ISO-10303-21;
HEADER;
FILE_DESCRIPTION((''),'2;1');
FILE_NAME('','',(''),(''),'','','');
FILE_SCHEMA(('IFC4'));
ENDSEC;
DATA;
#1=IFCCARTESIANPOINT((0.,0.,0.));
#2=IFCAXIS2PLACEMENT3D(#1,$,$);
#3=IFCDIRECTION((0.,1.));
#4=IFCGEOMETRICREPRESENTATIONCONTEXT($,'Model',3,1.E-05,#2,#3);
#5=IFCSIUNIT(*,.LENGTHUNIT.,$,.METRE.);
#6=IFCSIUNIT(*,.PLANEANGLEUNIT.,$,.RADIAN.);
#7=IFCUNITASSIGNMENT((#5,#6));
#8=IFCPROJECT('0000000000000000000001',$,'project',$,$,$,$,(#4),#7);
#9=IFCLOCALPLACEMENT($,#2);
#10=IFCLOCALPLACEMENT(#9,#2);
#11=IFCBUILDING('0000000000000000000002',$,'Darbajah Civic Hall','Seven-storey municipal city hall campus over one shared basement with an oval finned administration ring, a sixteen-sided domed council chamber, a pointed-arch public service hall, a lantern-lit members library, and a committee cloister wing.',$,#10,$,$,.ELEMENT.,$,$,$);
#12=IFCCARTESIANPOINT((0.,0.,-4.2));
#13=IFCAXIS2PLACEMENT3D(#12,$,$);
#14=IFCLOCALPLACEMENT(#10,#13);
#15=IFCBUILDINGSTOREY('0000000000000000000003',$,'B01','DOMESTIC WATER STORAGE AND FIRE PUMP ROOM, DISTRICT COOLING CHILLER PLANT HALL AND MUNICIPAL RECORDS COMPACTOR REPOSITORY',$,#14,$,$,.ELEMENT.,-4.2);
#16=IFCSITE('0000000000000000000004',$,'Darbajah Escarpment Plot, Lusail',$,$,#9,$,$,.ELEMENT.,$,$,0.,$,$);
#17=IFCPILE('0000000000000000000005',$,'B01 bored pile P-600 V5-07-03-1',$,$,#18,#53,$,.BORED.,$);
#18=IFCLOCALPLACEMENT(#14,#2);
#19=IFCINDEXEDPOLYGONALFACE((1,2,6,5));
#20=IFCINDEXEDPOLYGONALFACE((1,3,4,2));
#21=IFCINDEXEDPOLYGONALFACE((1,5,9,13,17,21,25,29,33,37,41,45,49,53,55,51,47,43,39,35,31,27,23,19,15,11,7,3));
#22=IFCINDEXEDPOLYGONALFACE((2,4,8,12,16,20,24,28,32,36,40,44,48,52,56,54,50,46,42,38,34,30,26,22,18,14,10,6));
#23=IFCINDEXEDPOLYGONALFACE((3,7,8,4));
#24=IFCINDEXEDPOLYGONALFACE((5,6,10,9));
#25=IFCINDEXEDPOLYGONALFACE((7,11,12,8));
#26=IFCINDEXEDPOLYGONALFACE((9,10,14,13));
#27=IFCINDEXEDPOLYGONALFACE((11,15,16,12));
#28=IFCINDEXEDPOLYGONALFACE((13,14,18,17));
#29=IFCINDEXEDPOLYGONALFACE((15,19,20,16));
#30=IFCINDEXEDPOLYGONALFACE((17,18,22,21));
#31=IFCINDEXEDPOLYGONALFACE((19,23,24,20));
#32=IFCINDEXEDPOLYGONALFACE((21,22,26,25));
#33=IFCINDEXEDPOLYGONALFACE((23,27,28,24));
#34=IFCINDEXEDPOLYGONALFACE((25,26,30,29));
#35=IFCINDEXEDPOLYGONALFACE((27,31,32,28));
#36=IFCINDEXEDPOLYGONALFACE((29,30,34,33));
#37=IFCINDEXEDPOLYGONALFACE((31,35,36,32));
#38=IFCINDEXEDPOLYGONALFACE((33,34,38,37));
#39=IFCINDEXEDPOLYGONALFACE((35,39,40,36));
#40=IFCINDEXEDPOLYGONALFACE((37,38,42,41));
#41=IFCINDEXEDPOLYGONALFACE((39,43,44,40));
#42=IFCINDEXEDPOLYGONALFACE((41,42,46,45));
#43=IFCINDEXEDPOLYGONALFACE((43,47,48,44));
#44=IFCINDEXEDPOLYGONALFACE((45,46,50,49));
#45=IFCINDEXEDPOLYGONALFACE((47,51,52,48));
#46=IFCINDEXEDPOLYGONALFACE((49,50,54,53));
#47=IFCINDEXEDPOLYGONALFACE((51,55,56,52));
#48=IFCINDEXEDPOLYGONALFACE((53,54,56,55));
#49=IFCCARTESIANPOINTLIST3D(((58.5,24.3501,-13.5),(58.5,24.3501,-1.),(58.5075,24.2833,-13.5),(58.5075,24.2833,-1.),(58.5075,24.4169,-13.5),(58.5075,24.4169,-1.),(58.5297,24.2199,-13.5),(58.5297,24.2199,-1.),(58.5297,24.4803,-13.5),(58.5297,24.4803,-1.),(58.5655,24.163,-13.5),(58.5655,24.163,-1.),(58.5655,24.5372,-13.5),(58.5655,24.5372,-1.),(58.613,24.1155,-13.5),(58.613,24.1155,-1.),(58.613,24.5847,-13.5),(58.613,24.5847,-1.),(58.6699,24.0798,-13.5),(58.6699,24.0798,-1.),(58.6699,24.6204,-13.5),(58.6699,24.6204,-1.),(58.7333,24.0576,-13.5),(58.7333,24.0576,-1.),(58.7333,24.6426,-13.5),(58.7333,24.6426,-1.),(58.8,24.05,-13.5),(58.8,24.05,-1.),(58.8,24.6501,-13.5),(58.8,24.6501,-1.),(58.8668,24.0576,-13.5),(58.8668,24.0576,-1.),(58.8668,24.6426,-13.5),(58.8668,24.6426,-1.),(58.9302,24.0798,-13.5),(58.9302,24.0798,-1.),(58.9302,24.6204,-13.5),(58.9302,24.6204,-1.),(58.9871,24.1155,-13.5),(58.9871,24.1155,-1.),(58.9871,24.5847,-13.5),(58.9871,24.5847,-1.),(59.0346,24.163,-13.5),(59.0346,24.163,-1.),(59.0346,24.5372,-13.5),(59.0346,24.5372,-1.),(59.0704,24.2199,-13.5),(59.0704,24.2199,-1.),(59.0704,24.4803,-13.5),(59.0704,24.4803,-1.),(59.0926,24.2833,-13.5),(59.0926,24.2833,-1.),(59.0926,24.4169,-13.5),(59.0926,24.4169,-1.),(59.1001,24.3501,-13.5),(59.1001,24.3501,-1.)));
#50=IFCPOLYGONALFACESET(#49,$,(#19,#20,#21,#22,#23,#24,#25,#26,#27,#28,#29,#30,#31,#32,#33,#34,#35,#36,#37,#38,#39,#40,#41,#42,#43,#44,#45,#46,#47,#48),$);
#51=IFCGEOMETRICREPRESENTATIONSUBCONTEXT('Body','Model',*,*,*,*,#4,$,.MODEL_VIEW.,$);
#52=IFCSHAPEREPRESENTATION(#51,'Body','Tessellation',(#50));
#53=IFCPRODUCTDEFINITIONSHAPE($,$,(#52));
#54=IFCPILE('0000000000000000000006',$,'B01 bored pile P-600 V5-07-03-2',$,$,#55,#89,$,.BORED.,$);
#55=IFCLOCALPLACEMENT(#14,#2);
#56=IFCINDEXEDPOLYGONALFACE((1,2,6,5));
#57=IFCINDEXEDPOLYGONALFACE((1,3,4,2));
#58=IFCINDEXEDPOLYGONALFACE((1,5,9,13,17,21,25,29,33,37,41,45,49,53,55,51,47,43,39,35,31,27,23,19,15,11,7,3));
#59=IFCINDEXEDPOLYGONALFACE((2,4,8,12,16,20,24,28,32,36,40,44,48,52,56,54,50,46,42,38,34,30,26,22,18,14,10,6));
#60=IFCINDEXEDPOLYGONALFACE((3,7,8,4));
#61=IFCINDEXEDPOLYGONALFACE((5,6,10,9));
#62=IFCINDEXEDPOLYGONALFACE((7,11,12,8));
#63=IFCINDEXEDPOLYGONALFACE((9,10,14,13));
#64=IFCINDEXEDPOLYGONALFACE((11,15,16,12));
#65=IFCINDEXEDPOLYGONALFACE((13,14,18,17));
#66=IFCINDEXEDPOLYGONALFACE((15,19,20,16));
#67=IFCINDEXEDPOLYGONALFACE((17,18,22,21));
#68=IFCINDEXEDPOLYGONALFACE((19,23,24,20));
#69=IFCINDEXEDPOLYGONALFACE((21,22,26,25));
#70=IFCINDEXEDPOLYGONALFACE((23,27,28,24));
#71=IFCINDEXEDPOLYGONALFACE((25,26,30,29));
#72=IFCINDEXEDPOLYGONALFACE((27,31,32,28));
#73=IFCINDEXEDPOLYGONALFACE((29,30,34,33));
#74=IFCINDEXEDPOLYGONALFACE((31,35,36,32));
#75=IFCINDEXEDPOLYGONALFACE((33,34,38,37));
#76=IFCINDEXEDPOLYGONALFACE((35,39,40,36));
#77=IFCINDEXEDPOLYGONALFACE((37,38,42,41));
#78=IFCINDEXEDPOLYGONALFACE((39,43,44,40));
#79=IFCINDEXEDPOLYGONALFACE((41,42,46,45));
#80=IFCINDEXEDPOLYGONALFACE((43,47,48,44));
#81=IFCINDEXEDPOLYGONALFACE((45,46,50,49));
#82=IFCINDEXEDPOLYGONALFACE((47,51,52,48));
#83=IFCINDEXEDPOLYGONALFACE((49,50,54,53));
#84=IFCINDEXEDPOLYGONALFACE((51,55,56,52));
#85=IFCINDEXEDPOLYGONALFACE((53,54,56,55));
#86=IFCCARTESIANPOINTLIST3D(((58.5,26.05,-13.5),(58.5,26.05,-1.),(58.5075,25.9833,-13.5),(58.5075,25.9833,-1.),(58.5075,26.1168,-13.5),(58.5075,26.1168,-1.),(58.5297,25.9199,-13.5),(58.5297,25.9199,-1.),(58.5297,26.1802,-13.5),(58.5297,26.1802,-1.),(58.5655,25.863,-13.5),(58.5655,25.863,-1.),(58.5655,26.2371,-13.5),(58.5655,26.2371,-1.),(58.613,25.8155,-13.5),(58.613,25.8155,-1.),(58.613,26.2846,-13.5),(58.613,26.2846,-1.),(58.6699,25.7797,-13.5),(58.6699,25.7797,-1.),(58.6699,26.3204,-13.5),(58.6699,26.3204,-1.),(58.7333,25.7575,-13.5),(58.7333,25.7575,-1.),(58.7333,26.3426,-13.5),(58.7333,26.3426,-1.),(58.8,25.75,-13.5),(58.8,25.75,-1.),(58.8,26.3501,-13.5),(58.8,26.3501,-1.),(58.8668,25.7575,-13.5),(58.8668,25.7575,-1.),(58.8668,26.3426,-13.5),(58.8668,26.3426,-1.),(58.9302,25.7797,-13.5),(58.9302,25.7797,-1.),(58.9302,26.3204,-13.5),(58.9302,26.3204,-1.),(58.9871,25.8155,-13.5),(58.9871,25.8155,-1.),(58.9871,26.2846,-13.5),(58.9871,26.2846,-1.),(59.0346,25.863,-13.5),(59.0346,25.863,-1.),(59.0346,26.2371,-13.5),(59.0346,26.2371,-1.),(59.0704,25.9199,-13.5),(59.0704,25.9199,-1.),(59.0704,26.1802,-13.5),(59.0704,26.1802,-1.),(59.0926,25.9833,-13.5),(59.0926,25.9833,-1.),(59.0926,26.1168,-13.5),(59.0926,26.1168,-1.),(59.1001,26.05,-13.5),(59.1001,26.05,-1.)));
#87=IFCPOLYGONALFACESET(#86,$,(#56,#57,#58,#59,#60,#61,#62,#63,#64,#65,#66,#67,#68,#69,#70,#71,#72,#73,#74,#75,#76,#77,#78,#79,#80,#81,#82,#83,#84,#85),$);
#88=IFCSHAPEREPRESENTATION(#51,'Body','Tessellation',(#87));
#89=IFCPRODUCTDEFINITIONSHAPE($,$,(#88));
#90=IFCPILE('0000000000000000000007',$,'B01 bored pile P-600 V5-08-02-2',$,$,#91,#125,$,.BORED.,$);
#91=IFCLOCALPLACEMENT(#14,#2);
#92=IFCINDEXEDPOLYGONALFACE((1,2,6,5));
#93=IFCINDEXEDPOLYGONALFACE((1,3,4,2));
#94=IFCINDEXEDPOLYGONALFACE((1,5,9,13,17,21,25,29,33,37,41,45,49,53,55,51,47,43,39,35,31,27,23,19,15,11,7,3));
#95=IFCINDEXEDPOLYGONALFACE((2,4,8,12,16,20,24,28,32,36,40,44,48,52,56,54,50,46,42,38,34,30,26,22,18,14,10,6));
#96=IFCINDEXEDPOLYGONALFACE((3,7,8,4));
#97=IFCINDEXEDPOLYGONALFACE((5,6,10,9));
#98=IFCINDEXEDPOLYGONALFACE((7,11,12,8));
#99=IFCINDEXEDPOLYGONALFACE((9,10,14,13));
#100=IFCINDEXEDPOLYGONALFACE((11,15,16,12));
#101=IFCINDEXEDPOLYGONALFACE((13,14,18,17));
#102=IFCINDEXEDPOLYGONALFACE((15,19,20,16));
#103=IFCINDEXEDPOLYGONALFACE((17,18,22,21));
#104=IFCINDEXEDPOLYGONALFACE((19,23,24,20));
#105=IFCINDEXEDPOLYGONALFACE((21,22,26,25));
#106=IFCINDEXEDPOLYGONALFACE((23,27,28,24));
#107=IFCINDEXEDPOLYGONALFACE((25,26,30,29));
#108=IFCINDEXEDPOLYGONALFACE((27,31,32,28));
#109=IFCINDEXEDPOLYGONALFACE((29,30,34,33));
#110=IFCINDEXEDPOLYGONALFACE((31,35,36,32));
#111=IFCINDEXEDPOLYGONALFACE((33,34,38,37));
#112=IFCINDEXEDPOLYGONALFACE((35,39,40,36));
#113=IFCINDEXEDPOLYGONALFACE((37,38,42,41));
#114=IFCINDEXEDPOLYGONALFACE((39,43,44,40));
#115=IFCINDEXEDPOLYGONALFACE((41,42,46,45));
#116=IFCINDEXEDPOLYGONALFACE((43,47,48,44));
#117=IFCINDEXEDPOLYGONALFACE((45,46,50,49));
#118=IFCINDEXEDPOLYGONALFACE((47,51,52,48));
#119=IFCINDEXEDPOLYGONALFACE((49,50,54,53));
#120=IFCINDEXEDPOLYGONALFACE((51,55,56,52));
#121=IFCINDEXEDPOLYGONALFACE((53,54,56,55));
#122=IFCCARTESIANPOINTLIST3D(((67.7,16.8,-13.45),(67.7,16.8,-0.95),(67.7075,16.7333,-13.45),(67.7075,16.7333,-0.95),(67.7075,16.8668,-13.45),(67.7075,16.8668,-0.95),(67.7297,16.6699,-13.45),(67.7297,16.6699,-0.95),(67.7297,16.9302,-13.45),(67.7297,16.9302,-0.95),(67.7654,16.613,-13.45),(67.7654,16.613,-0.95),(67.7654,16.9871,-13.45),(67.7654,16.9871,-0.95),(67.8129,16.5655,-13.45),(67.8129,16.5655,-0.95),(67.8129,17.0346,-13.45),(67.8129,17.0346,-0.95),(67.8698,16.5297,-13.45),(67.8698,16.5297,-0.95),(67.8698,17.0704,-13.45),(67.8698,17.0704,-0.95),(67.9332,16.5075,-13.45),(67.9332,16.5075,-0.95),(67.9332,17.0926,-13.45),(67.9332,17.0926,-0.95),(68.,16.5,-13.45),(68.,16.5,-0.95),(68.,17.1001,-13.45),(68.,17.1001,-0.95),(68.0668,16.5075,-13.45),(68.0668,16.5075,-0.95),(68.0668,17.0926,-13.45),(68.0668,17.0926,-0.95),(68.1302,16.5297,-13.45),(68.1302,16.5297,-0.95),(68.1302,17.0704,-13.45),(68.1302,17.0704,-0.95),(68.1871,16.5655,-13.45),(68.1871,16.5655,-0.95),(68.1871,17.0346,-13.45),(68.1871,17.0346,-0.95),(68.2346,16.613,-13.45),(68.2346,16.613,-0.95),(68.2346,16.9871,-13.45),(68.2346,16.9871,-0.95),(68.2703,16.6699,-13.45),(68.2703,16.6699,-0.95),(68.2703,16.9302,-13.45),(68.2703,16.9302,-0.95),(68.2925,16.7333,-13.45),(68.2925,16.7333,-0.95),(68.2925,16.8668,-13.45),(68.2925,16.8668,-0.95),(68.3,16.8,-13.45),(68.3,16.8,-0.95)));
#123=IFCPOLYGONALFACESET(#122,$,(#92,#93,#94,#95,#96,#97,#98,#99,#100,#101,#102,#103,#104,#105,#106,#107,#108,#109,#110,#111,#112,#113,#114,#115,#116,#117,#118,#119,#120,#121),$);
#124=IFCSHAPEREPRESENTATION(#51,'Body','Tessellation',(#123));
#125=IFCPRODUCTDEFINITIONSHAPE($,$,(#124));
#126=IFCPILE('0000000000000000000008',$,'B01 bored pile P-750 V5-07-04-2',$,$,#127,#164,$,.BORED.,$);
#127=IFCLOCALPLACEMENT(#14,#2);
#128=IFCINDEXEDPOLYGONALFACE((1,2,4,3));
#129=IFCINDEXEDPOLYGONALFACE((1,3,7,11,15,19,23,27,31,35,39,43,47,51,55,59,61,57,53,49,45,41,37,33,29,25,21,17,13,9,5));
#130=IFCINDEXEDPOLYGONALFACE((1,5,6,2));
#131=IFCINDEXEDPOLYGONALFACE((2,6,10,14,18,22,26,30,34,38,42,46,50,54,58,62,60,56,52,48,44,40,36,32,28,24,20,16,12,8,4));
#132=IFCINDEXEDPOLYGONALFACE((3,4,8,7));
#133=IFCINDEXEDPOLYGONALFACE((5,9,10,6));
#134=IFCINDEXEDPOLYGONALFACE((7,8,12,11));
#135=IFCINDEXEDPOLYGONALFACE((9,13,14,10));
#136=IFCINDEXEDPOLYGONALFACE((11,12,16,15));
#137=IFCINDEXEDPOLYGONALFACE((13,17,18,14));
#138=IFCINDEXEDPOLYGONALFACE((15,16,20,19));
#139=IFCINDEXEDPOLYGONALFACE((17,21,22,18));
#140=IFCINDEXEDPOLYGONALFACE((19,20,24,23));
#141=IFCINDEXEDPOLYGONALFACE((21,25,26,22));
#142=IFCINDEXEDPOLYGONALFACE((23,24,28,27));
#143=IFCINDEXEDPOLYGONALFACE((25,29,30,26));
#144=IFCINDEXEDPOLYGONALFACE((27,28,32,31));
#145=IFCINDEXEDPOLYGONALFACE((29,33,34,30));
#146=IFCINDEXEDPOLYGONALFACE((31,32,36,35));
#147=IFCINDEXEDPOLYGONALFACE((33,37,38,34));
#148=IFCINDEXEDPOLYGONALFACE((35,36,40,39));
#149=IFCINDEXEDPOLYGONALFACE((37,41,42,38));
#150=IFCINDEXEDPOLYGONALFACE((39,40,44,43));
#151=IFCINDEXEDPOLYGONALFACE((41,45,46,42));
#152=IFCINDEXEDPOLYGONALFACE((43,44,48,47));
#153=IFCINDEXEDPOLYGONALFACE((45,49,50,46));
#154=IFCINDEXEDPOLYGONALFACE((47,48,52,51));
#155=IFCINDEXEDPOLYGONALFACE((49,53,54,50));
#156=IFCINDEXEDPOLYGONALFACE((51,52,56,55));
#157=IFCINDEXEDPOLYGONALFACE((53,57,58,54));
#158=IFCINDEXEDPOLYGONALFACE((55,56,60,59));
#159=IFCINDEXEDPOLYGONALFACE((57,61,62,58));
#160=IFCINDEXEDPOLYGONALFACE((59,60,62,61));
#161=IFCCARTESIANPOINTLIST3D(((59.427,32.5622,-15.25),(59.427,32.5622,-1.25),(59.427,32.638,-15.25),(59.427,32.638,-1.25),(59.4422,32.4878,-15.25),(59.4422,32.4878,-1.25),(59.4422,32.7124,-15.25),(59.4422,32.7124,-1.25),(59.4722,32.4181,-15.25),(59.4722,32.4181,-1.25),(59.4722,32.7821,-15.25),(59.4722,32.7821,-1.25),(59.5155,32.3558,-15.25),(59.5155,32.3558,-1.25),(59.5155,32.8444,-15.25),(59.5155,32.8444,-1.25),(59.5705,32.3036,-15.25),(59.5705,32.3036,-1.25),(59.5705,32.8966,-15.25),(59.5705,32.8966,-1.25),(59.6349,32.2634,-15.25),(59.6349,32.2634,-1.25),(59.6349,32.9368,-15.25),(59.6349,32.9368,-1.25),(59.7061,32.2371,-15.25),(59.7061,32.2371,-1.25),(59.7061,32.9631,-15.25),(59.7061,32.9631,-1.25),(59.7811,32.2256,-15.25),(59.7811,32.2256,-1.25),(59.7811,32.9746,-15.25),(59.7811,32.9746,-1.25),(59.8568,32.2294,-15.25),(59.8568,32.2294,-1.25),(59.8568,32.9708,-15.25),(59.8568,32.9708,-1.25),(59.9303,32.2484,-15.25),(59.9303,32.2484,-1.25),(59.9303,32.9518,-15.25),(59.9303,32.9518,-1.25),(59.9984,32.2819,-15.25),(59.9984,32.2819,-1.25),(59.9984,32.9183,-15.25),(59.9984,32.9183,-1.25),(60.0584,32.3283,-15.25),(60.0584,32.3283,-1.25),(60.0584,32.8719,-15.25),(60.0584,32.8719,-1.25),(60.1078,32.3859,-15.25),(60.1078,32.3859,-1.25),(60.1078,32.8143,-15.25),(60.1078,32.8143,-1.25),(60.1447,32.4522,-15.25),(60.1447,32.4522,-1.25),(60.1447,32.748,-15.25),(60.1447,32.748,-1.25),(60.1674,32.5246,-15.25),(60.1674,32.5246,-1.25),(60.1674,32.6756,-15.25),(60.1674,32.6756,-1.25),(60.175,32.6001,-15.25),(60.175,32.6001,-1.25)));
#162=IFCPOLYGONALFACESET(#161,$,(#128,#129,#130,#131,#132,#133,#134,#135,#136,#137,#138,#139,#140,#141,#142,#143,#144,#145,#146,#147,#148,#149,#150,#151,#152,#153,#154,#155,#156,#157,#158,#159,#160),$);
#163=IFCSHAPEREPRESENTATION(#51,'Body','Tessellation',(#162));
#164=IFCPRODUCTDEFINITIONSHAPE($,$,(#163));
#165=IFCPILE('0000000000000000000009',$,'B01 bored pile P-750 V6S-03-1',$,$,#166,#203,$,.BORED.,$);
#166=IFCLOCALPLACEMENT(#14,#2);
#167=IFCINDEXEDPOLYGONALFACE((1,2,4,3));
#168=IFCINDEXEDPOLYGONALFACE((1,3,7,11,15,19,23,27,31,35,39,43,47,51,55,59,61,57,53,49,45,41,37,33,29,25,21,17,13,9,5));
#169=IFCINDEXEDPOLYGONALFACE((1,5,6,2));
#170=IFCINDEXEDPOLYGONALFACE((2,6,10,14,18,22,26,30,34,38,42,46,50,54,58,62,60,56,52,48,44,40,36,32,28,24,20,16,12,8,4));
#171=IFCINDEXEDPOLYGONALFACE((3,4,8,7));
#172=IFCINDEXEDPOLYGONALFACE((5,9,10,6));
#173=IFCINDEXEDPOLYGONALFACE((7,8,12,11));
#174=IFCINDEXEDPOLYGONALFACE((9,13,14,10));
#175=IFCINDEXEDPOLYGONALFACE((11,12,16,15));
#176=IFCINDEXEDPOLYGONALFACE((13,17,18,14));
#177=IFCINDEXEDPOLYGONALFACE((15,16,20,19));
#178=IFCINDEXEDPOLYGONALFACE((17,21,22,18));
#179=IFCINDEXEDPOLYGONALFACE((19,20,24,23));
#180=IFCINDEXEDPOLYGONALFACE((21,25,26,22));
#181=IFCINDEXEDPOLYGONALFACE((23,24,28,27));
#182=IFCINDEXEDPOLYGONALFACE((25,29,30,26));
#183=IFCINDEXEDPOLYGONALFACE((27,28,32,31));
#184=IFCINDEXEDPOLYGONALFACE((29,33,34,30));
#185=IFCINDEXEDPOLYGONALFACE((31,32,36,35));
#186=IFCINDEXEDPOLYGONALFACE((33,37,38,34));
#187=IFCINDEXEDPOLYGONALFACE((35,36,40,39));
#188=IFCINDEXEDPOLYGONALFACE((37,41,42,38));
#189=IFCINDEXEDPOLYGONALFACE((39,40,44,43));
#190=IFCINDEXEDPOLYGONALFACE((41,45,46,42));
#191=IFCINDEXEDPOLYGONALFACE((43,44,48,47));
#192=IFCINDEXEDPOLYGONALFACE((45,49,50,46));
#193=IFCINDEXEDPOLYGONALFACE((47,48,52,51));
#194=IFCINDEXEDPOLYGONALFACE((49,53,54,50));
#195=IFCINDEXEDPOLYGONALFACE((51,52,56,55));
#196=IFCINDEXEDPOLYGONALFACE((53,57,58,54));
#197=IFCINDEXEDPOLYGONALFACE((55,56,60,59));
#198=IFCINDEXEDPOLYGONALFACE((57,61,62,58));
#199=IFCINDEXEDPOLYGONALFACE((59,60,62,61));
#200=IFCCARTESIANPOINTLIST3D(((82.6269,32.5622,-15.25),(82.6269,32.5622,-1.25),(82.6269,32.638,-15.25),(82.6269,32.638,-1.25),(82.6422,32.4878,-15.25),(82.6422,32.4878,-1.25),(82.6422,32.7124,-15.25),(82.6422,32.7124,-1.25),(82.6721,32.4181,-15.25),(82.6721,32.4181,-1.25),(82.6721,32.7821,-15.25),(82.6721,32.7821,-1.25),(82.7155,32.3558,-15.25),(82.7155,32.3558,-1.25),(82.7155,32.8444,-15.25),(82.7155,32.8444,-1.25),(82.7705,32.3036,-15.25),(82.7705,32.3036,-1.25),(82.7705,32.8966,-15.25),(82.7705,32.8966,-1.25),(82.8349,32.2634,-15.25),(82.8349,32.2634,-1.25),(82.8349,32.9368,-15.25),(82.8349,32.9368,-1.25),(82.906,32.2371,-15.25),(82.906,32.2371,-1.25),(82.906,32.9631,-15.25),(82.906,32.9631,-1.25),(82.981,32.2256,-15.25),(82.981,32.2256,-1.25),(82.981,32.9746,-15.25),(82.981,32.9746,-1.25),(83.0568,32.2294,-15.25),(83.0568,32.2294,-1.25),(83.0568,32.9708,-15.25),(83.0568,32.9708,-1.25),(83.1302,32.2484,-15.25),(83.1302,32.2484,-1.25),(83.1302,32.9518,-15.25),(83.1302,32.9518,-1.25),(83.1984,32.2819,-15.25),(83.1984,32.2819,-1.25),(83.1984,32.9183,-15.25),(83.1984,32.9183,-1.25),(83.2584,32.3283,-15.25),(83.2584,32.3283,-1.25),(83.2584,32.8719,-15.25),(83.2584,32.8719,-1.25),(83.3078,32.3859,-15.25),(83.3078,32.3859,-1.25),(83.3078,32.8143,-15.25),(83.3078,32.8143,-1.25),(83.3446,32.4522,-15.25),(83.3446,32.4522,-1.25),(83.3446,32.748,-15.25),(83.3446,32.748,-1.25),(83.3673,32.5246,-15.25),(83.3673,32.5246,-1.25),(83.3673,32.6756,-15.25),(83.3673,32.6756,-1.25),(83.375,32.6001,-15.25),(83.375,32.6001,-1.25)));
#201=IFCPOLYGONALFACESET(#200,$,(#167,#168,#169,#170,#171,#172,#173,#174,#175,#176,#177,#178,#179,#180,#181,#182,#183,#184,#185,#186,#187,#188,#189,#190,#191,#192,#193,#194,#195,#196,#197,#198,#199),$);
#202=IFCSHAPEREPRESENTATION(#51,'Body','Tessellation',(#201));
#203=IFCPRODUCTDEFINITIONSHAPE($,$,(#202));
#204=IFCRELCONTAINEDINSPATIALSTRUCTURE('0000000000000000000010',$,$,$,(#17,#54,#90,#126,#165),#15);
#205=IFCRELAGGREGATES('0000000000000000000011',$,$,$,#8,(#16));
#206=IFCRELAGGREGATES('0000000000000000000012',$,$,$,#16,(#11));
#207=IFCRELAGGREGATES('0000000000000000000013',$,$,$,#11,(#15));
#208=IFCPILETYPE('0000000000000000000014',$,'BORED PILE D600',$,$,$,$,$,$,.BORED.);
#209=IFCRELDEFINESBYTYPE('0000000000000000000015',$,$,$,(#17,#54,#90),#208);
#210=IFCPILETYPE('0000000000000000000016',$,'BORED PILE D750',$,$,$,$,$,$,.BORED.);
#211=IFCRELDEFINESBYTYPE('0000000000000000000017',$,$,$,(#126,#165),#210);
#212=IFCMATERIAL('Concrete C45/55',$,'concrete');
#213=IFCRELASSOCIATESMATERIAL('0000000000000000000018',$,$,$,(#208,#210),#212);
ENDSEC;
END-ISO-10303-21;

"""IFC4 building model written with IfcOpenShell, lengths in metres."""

from ifc_helpers import new_model, si_unit, direction, frame, origin, origin_2d, place, context, subcontext, project, spatial, circle, extrude, material, material_profile, profile_set, type_object, element, save


model = new_model("IFC4")

# Units and contexts
model_context = context("Model", 3, precision=1e-05, world=origin(), true_north=direction((0.0, 1.0)))
body_context = subcontext(model_context, "Body", "Model", "MODEL_VIEW")
ifc_project = project(units=[si_unit("LENGTHUNIT", "METRE"), si_unit("PLANEANGLEUNIT", "RADIAN")], contexts=[model_context])

# Site, building, storey
site_placement = place(None, origin())
site = spatial("IfcSite", under=ifc_project, at=site_placement, Name="Darbajah Escarpment Plot, Lusail", CompositionType="ELEMENT", RefElevation=0.0)
building_placement = place(site_placement, origin())
building = spatial("IfcBuilding", under=site, at=building_placement, Name="Darbajah Civic Hall", Description="Seven-storey municipal city hall campus over one shared basement with an oval finned administration ring, a sixteen-sided domed council chamber, a pointed-arch public service hall, a lantern-lit members library, and a committee cloister wing.", CompositionType="ELEMENT")
storey_placement = place(building_placement, frame((0.0, 0.0, -4.2)))
storey = spatial("IfcBuildingStorey", under=building, at=storey_placement, Name="B01", Description="DOMESTIC WATER STORAGE AND FIRE PUMP ROOM, DISTRICT COOLING CHILLER PLANT HALL AND MUNICIPAL RECORDS COMPACTOR REPOSITORY", CompositionType="ELEMENT", Elevation=-4.2)

# Piles
ifc_material_1 = material(Name="Concrete C45/55", Category="concrete")
ifc_material_profile_1 = material_profile(ifc_material_1, circle(Radius=0.3, at=origin_2d()), Name="BORED PILE D600")
ifc_profile_set_1 = profile_set([ifc_material_profile_1], Name="Concrete C45/55")
pile_type_1 = type_object("IfcPileType", Name="BORED PILE D600", PredefinedType="BORED", material=ifc_profile_set_1)
for number, where, z_axis, x_axis, name in (
    (1, (58.8, 24.3501, -1.0), (0.0, 0.0, -1.0), (1.0, 0.0, 0.0), "B01 bored pile P-600 V5-07-03-1"),
    (2, (58.8, 26.05, -1.0), (0.0, 0.0, -1.0), (1.0, 0.0, 0.0), "B01 bored pile P-600 V5-07-03-2"),
    (3, (68.0, 16.8, -0.95), (0.0, 0.0, -1.0), (1.0, 0.0, 0.0), "B01 bored pile P-600 V5-08-02-2"),
):
    element("IfcPile", number, at=place(storey_placement, frame(where, z_axis=z_axis, x_axis=x_axis)), inside=storey, type_object=pile_type_1, Name=name, PredefinedType="BORED", context=body_context, shape_type="SweptSolid", body=[
        extrude(circle(Radius=0.3, at=origin_2d()), origin(), (0.0, 0.0, 1.0), 12.5),
    ])
ifc_material_profile_2 = material_profile(ifc_material_1, circle(Radius=0.375, at=origin_2d()), Name="BORED PILE D750")
ifc_profile_set_2 = profile_set([ifc_material_profile_2], Name="Concrete C45/55")
pile_type_2 = type_object("IfcPileType", Name="BORED PILE D750", PredefinedType="BORED", material=ifc_profile_set_2)
for number, where, z_axis, x_axis, name in (
    (4, (59.8, 32.6001, -1.25), (0.0, 0.0, -1.0), (1.0, 0.0, 0.0), "B01 bored pile P-750 V5-07-04-2"),
    (5, (83.0, 32.6001, -1.25), (0.0, 0.0, -1.0), (1.0, 0.0, 0.0), "B01 bored pile P-750 V6S-03-1"),
):
    element("IfcPile", number, at=place(storey_placement, frame(where, z_axis=z_axis, x_axis=x_axis)), inside=storey, type_object=pile_type_2, Name=name, PredefinedType="BORED", context=body_context, shape_type="SweptSolid", body=[
        extrude(circle(Radius=0.375, at=origin_2d()), origin(), (0.0, 0.0, 1.0), 14.0),
    ])

save(model, "model.ifc")
